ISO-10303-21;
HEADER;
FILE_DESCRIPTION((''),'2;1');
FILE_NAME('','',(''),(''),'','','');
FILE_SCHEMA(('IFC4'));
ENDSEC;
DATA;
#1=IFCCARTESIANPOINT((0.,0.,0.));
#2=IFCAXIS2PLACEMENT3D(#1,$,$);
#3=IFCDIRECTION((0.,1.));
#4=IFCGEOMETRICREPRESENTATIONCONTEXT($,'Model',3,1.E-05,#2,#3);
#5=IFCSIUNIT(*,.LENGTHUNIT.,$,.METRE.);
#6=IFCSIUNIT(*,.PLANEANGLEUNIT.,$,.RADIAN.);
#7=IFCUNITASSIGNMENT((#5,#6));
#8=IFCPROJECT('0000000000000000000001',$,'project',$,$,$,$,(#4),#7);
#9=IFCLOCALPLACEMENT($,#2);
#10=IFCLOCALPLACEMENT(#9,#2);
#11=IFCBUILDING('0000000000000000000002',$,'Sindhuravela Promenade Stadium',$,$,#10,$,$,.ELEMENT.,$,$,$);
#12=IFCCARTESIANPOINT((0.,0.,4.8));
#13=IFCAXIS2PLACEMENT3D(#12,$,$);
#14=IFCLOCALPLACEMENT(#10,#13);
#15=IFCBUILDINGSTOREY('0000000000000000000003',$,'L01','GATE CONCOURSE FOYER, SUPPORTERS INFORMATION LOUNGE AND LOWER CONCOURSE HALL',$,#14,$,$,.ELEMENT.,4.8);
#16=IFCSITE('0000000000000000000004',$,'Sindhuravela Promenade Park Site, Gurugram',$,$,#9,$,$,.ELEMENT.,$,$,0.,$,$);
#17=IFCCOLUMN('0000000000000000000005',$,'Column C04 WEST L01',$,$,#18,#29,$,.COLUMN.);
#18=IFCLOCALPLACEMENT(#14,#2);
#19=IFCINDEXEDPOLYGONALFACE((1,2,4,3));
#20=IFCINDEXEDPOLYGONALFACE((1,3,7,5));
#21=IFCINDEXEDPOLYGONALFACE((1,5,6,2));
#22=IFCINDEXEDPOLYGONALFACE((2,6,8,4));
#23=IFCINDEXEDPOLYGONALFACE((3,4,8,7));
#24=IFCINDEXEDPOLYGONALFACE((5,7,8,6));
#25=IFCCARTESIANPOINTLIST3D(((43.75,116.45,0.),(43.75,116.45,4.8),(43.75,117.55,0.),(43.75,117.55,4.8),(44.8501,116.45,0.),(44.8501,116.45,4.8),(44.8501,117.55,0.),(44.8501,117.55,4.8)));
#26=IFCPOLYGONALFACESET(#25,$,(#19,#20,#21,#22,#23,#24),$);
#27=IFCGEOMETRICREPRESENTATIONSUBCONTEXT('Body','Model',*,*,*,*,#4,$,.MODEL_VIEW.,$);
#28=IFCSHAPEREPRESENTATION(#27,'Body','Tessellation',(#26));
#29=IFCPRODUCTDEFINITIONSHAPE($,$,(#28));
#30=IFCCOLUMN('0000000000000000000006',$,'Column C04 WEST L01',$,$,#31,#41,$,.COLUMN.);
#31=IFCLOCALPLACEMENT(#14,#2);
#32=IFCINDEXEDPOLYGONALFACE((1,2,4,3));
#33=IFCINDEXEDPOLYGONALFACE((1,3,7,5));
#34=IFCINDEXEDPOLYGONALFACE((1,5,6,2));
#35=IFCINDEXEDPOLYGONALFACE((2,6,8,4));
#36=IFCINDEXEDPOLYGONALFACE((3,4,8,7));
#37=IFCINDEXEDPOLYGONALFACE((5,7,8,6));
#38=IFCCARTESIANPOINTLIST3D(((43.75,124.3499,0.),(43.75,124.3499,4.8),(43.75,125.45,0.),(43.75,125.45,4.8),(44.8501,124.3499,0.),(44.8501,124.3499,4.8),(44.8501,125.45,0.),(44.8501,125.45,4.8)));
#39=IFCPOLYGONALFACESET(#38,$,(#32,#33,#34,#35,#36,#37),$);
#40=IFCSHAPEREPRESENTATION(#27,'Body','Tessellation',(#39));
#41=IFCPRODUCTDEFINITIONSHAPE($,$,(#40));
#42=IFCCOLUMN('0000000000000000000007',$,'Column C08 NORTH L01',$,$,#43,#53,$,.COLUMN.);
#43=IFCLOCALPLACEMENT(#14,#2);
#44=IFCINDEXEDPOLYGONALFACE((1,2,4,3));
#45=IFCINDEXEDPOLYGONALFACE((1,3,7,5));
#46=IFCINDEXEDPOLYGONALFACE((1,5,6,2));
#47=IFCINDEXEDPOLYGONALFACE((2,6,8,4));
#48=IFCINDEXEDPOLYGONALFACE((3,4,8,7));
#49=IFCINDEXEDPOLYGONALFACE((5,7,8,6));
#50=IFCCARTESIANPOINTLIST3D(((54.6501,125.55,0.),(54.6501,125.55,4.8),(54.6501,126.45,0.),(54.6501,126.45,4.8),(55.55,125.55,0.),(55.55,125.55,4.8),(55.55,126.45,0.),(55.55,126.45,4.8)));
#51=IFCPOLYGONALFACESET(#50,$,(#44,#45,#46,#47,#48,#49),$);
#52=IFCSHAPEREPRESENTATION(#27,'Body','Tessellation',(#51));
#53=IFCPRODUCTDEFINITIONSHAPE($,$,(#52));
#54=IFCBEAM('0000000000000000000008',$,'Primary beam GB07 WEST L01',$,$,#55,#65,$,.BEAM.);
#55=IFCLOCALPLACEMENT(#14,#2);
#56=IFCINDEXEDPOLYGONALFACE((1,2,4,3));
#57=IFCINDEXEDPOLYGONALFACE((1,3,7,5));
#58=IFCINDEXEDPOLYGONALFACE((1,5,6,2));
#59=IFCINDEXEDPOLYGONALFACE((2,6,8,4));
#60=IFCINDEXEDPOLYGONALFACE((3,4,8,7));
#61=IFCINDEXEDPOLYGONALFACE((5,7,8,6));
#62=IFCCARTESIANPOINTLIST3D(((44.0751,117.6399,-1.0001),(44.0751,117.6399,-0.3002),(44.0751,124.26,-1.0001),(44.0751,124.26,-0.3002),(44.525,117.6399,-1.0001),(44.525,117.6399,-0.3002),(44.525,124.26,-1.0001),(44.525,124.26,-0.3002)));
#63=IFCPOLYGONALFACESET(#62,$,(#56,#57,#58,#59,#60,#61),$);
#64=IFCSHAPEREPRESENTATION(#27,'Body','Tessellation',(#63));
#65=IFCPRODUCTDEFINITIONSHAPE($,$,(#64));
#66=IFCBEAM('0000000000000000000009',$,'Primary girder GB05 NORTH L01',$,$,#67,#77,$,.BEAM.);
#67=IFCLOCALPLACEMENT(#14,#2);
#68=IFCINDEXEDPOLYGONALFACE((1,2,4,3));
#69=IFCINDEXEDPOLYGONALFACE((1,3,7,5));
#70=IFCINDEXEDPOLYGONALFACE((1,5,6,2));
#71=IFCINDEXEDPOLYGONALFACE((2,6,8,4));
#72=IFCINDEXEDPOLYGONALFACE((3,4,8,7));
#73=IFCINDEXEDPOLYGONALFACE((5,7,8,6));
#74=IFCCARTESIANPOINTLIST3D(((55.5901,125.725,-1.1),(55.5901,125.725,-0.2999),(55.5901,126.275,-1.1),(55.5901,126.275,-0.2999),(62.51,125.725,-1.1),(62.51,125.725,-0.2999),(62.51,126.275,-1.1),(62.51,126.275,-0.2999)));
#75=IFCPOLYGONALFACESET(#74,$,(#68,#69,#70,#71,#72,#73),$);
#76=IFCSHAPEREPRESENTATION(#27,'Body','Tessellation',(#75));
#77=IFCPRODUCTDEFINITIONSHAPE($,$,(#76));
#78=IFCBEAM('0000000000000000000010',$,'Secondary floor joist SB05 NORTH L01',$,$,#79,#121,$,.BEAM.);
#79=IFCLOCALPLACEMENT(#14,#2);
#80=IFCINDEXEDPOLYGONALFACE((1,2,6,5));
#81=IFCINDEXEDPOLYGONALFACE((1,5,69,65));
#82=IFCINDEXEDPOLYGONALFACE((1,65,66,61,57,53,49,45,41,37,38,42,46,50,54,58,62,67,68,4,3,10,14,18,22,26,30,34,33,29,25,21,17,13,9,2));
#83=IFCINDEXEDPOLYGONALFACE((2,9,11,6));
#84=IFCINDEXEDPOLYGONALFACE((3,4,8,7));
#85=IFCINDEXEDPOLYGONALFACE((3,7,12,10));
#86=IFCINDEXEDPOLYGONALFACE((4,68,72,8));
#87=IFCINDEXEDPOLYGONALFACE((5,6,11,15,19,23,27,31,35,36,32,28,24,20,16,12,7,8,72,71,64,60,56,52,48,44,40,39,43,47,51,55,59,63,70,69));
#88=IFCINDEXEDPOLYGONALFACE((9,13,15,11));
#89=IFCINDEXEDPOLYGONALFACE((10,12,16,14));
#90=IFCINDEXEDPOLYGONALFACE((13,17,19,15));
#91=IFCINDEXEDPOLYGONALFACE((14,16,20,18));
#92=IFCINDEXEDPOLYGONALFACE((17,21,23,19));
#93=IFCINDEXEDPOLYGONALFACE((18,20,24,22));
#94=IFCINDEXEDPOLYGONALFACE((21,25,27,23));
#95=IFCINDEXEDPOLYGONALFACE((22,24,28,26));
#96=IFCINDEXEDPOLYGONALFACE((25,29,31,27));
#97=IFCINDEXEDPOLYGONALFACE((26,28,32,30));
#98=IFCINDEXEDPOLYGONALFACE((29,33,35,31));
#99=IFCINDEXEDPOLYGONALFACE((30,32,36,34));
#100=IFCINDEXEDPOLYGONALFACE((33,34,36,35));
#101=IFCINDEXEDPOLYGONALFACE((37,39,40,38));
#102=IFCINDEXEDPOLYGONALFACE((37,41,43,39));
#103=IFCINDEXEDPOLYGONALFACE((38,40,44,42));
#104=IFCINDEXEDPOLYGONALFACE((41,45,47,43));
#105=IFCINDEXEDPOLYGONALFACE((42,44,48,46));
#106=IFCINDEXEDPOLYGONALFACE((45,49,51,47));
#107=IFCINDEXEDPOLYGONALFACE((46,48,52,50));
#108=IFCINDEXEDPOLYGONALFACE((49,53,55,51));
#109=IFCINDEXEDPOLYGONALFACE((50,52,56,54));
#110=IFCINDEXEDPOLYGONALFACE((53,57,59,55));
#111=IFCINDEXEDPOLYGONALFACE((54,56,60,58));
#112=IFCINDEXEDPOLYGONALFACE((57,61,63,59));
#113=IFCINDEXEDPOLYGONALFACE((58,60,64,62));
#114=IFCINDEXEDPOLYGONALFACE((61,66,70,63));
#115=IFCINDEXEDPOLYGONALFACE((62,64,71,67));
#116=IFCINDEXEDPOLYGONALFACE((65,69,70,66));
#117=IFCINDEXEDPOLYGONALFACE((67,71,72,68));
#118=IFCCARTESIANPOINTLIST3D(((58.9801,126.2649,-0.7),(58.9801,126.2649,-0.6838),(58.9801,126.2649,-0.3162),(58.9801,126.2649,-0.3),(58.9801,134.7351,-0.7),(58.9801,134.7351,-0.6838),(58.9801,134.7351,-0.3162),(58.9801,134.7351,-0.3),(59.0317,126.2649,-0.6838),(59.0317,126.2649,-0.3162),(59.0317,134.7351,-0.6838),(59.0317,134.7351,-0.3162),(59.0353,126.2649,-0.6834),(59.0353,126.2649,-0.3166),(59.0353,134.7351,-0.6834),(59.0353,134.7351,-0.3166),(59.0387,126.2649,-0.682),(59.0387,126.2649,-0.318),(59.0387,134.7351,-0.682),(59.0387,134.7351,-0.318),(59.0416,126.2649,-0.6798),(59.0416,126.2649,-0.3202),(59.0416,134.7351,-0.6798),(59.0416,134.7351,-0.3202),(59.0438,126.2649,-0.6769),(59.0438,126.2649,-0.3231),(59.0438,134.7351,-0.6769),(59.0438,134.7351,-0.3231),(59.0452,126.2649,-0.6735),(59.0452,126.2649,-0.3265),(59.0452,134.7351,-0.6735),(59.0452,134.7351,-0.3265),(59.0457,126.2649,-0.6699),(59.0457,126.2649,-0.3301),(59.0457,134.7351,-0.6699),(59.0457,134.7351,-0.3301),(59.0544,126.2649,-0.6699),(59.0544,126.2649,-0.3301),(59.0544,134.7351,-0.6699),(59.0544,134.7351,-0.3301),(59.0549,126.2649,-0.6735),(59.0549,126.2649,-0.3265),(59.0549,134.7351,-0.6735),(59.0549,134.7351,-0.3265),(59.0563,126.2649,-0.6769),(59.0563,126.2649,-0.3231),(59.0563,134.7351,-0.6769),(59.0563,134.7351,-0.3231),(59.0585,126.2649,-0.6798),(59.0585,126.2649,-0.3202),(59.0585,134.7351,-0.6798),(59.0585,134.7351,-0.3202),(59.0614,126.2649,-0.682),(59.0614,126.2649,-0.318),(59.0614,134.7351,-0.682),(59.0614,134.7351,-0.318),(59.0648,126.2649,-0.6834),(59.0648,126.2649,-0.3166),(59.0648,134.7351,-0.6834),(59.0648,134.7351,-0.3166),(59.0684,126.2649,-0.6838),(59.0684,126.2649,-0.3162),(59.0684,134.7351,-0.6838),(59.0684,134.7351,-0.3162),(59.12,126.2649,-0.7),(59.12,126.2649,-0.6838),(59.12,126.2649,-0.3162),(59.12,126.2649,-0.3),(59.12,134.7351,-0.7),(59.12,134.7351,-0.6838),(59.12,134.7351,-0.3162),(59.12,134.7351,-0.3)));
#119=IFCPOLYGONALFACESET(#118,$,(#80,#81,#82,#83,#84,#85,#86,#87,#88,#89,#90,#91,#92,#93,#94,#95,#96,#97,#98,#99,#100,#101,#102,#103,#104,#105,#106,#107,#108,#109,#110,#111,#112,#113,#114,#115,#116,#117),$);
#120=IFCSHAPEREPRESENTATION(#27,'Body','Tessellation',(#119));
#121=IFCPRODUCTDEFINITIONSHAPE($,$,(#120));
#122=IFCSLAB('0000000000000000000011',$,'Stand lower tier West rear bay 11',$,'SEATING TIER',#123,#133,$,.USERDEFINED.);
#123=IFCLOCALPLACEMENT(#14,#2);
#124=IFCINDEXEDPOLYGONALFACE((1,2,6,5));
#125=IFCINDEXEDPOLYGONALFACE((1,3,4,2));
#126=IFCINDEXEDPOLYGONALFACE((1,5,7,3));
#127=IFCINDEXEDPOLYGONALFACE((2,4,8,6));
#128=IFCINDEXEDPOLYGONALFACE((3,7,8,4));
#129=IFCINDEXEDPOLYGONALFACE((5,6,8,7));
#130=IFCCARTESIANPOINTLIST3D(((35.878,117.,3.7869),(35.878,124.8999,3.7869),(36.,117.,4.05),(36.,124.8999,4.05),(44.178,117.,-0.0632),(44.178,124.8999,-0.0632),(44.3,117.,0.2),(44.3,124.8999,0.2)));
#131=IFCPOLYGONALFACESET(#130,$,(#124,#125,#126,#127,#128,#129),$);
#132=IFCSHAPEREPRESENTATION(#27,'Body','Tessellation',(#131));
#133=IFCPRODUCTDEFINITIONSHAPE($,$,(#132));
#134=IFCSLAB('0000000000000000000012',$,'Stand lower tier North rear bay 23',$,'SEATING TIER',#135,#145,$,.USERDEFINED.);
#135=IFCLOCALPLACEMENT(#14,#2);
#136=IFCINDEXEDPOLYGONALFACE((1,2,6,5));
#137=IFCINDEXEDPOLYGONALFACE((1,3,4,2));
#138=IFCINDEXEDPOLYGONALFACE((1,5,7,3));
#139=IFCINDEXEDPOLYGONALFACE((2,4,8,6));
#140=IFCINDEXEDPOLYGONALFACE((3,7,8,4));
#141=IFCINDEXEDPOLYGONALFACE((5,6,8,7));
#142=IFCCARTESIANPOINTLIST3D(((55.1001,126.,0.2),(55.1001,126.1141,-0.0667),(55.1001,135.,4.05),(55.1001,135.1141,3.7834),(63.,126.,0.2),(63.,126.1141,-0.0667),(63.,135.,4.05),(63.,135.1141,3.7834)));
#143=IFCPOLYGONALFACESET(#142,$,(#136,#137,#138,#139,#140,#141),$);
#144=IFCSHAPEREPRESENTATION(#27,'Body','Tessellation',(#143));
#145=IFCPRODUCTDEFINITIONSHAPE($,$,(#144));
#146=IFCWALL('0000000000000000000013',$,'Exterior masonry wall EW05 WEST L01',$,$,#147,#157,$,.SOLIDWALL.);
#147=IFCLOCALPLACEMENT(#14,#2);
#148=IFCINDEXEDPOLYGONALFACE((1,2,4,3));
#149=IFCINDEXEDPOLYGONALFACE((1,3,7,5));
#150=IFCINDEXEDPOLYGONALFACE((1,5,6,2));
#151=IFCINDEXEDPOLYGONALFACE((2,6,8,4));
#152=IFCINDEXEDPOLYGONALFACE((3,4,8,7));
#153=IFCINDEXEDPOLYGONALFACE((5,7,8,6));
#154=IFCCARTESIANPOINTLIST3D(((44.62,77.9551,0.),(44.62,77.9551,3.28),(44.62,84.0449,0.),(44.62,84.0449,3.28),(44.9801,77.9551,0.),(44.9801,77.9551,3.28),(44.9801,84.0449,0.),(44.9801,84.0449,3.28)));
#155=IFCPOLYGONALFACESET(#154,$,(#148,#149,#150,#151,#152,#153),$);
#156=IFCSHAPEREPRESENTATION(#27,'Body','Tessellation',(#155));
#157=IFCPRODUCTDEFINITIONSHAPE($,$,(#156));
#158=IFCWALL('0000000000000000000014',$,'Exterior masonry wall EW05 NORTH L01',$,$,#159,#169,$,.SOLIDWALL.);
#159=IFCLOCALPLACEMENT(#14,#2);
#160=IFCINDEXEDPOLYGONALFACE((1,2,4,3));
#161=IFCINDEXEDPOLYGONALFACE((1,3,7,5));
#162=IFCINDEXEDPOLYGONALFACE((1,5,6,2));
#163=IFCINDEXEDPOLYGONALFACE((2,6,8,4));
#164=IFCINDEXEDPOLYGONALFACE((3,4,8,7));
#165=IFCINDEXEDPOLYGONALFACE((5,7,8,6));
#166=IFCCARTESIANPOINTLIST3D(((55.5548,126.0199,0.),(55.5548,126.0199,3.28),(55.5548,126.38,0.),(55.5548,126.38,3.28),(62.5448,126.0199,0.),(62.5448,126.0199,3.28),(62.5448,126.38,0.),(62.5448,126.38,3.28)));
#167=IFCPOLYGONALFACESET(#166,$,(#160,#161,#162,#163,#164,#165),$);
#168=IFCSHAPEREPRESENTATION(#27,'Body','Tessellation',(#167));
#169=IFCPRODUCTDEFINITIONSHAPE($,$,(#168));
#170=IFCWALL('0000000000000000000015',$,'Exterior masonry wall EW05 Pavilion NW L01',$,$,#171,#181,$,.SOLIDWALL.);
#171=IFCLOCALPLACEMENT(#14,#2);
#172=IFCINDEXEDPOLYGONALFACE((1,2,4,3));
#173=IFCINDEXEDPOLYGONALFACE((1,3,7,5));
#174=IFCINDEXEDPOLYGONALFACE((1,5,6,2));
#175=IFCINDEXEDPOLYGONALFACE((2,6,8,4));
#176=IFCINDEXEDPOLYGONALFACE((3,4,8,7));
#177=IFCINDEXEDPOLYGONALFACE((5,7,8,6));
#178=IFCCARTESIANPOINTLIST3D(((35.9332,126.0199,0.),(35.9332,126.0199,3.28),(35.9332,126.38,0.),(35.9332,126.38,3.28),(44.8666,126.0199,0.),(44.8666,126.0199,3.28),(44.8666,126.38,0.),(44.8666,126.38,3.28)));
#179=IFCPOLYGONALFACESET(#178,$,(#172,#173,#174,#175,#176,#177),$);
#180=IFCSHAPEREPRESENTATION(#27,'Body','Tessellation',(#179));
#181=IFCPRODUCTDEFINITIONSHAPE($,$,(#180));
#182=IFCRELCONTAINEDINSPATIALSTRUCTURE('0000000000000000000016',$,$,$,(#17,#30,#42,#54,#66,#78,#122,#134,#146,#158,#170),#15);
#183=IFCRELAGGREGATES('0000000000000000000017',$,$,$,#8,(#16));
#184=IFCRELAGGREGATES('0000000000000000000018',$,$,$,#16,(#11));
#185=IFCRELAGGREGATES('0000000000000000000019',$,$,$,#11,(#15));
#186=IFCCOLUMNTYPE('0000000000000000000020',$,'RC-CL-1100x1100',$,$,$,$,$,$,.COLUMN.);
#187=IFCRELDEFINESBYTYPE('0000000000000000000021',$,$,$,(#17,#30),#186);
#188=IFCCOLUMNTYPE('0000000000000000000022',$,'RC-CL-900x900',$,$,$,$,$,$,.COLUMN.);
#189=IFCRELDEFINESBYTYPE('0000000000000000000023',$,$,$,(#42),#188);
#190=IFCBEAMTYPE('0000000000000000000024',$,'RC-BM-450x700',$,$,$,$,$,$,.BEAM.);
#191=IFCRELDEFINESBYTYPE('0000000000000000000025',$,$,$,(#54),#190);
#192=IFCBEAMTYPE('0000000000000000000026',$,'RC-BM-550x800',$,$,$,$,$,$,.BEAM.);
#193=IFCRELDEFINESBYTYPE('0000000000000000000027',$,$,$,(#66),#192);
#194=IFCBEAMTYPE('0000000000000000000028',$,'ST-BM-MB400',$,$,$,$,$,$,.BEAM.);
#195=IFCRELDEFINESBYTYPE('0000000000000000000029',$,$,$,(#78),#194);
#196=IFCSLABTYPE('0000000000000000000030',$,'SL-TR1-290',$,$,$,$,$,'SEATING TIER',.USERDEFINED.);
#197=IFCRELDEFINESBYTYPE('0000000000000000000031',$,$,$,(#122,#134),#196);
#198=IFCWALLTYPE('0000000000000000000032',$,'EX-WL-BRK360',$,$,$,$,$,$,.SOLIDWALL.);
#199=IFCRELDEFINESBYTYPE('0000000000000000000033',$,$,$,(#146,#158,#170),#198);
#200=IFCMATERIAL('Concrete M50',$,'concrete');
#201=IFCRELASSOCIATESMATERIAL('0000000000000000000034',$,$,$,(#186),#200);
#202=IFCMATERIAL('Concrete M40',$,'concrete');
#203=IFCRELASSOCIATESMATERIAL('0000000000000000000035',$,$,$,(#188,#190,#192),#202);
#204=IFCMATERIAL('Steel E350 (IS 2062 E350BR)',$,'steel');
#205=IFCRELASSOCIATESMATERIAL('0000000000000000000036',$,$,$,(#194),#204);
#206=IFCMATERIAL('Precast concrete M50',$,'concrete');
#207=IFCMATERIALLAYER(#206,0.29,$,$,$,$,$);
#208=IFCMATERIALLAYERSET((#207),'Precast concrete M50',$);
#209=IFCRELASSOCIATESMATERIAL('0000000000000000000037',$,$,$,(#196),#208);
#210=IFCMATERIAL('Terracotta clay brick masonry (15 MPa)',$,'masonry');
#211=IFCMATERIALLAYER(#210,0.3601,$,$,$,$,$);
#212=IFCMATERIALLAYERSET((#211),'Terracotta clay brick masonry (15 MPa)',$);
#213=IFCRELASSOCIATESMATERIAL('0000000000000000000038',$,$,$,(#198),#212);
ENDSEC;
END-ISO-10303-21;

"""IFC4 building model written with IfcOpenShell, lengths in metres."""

from ifc_helpers import new_model, si_unit, direction, frame, frame_2d, origin, origin_2d, place, context, subcontext, project, spatial, polyline, rectangle, i_section, outline, extrude, material, layer, layer_set, material_profile, profile_set, type_object, element, save


model = new_model("IFC4")

# Units and contexts
model_context = context("Model", 3, precision=1e-05, world=origin(), true_north=direction((0.0, 1.0)))
body_context = subcontext(model_context, "Body", "Model", "MODEL_VIEW")
ifc_project = project(units=[si_unit("LENGTHUNIT", "METRE"), si_unit("PLANEANGLEUNIT", "RADIAN")], contexts=[model_context])

# Site, building, storey
site_placement = place(None, origin())
site = spatial("IfcSite", under=ifc_project, at=site_placement, Name="Sindhuravela Promenade Park Site, Gurugram", CompositionType="ELEMENT", RefElevation=0.0)
building_placement = place(site_placement, origin())
building = spatial("IfcBuilding", under=site, at=building_placement, Name="Sindhuravela Promenade Stadium", CompositionType="ELEMENT")
storey_placement = place(building_placement, frame((0.0, 0.0, 4.8)))
storey = spatial("IfcBuildingStorey", under=building, at=storey_placement, Name="L01", Description="GATE CONCOURSE FOYER, SUPPORTERS INFORMATION LOUNGE AND LOWER CONCOURSE HALL", CompositionType="ELEMENT", Elevation=4.8)

# Columns
ifc_material_1 = material(Name="Concrete M50", Category="concrete")
ifc_material_profile_1 = material_profile(ifc_material_1, rectangle(XDim=1.1001, YDim=1.1001, at=origin_2d()), Name="RC 1100x1100")
ifc_profile_set_1 = profile_set([ifc_material_profile_1], Name="Concrete M50")
column_type_1 = type_object("IfcColumnType", Name="RC-CL-1100x1100", PredefinedType="COLUMN", material=ifc_profile_set_1)
for number, where, z_axis, x_axis, name in (
    (1, (44.3, 117.0, 0.0), (0.0, 0.0, 1.0), (1.0, 0.0, 0.0), "Column C04 WEST L01"),
    (2, (44.3, 124.8999, 0.0), (0.0, 0.0, 1.0), (1.0, 0.0, 0.0), "Column C04 WEST L01"),
):
    element("IfcColumn", number, at=place(storey_placement, frame(where, z_axis=z_axis, x_axis=x_axis)), inside=storey, type_object=column_type_1, Name=name, PredefinedType="COLUMN", context=body_context, shape_type="SweptSolid", body=[
        extrude(rectangle(XDim=1.1001, YDim=1.1001, at=origin_2d()), origin(), (0.0, 0.0, 1.0), 4.8),
    ])
ifc_material_2 = material(Name="Concrete M40", Category="concrete")
ifc_material_profile_2 = material_profile(ifc_material_2, rectangle(XDim=0.8999, YDim=0.8999, at=origin_2d()), Name="RC 900x900")
ifc_profile_set_2 = profile_set([ifc_material_profile_2], Name="Concrete M40")
column_type_2 = type_object("IfcColumnType", Name="RC-CL-900x900", PredefinedType="COLUMN", material=ifc_profile_set_2)
column_placement = place(storey_placement, frame((55.1001, 126.0, 0.0), z_axis=(0.0, 0.0, 1.0), x_axis=(1.0, 0.0, 0.0)))
element("IfcColumn", 3, at=column_placement, inside=storey, type_object=column_type_2, Name="Column C08 NORTH L01", PredefinedType="COLUMN", context=body_context, shape_type="SweptSolid", body=[
    extrude(rectangle(XDim=0.8999, YDim=0.8999, at=origin_2d()), origin(), (0.0, 0.0, 1.0), 4.8),
])

# Beams
ifc_material_profile_3 = material_profile(ifc_material_2, rectangle(XDim=0.45, YDim=0.7, at=origin_2d()), Name="RC 450x700")
ifc_profile_set_3 = profile_set([ifc_material_profile_3], Name="Concrete M40")
beam_type_1 = type_object("IfcBeamType", Name="RC-BM-450x700", PredefinedType="BEAM", material=ifc_profile_set_3)
beam_1_placement = place(storey_placement, frame((44.3, 117.6399, -0.6501), z_axis=(0.0, 1.0, 0.0), x_axis=(-1.0, 0.0, 0.0)))
element("IfcBeam", 4, at=beam_1_placement, inside=storey, type_object=beam_type_1, Name="Primary beam GB07 WEST L01", PredefinedType="BEAM", context=body_context, shape_type="SweptSolid", body=[
    extrude(rectangle(XDim=0.45, YDim=0.7, at=origin_2d()), origin(), (0.0, 0.0, 1.0), 6.6201),
])
ifc_material_profile_4 = material_profile(ifc_material_2, rectangle(XDim=0.55, YDim=0.8, at=origin_2d()), Name="RC 550x800")
ifc_profile_set_4 = profile_set([ifc_material_profile_4], Name="Concrete M40")
beam_type_2 = type_object("IfcBeamType", Name="RC-BM-550x800", PredefinedType="BEAM", material=ifc_profile_set_4)
beam_2_placement = place(storey_placement, frame((55.5901, 126.0, -0.7), z_axis=(1.0, 0.0, 0.0), x_axis=(0.0, 1.0, 0.0)))
element("IfcBeam", 5, at=beam_2_placement, inside=storey, type_object=beam_type_2, Name="Primary girder GB05 NORTH L01", PredefinedType="BEAM", context=body_context, shape_type="SweptSolid", body=[
    extrude(rectangle(XDim=0.55, YDim=0.8, at=origin_2d()), origin(), (0.0, 0.0, 1.0), 6.9199),
])
ifc_material_3 = material(Name="Steel E350 (IS 2062 E350BR)", Category="steel")
ifc_material_profile_5 = material_profile(ifc_material_3, i_section(OverallWidth=0.1399, OverallDepth=0.3999, WebThickness=0.0088, FlangeThickness=0.0161, FilletRadius=0.0139, at=origin_2d()), Name="ISMB 400")
ifc_profile_set_5 = profile_set([ifc_material_profile_5], Name="Steel E350 (IS 2062 E350BR)")
beam_type_3 = type_object("IfcBeamType", Name="ST-BM-MB400", PredefinedType="BEAM", material=ifc_profile_set_5)
beam_3_placement = place(storey_placement, frame((59.05, 126.2649, -0.5), z_axis=(0.0, 1.0, 0.0), x_axis=(-1.0, 0.0, 0.0)))
element("IfcBeam", 6, at=beam_3_placement, inside=storey, type_object=beam_type_3, Name="Secondary floor joist SB05 NORTH L01", PredefinedType="BEAM", context=body_context, shape_type="SweptSolid", body=[
    extrude(i_section(OverallWidth=0.1399, OverallDepth=0.3999, WebThickness=0.0088, FlangeThickness=0.0161, FilletRadius=0.0139, at=origin_2d()), origin(), (0.0, 0.0, 1.0), 8.4702),
])

# Slabs
ifc_material_4 = material(Name="Precast concrete M50", Category="concrete")
ifc_layer_1 = layer(ifc_material_4, 0.29)
ifc_layer_set_1 = layer_set([ifc_layer_1], Name="Precast concrete M50")
slab_type = type_object("IfcSlabType", Name="SL-TR1-290", ElementType="SEATING TIER", PredefinedType="USERDEFINED", material=ifc_layer_set_1)
slab_1_placement = place(storey_placement, frame((44.3, 117.0, 0.2), z_axis=(0.420797, 0.0, 0.907155), x_axis=(0.0, 1.0, 0.0)))
element("IfcSlab", 7, at=slab_1_placement, inside=storey, type_object=slab_type, Name="Stand lower tier West rear bay 11", ObjectType="SEATING TIER", PredefinedType="USERDEFINED", context=body_context, shape_type="SweptSolid", body=[
    extrude(outline(polyline([(0.0, 0.0), (7.8999, 0.0), (7.8999, 9.1495), (0.0, 9.1495), (0.0, 0.0)])), origin(), (0.0, 0.0, -1.0), 0.29),
])
slab_2_placement = place(storey_placement, frame((55.1001, 126.0, 0.2), z_axis=(0.0, -0.393311, 0.919405), x_axis=(1.0, 0.0, 0.0)))
element("IfcSlab", 8, at=slab_2_placement, inside=storey, type_object=slab_type, Name="Stand lower tier North rear bay 23", ObjectType="SEATING TIER", PredefinedType="USERDEFINED", context=body_context, shape_type="SweptSolid", body=[
    extrude(outline(polyline([(0.0, 0.0), (7.8999, 0.0), (7.8999, 9.7889), (0.0, 9.7889), (0.0, 0.0)])), origin(), (0.0, 0.0, -1.0), 0.29),
])

# Walls
ifc_material_5 = material(Name="Terracotta clay brick masonry (15 MPa)", Category="masonry")
ifc_layer_2 = layer(ifc_material_5, 0.3601)
ifc_layer_set_2 = layer_set([ifc_layer_2], Name="Terracotta clay brick masonry (15 MPa)")
wall_type_1 = type_object("IfcWallType", Name="EX-WL-BRK360", PredefinedType="SOLIDWALL", material=ifc_layer_set_2)
wall_1_placement = place(storey_placement, frame((44.8, 84.0449, 0.0), z_axis=(0.0, 0.0, 1.0), x_axis=(0.0, -1.0, 0.0)))
element("IfcWall", 9, at=wall_1_placement, inside=storey, type_object=wall_type_1, Name="Exterior masonry wall EW05 WEST L01", PredefinedType="SOLIDWALL", context=body_context, shape_type="SweptSolid", body=[
    extrude(rectangle(XDim=6.0898, YDim=0.3601, at=frame_2d((3.0449, 0.0))), origin(), (0.0, 0.0, 1.0), 3.28),
])
wall_2_placement = place(storey_placement, frame((62.5449, 126.2, 0.0), z_axis=(0.0, 0.0, 1.0), x_axis=(-1.0, 0.0, 0.0)))
element("IfcWall", 10, at=wall_2_placement, inside=storey, type_object=wall_type_1, Name="Exterior masonry wall EW05 NORTH L01", PredefinedType="SOLIDWALL", context=body_context, shape_type="SweptSolid", body=[
    extrude(rectangle(XDim=6.99, YDim=0.3601, at=frame_2d((3.4951, 0.0))), origin(), (0.0, 0.0, 1.0), 3.28),
])
wall_3_placement = place(storey_placement, frame((44.8667, 126.2, 0.0), z_axis=(0.0, 0.0, 1.0), x_axis=(-1.0, 0.0, 0.0)))
element("IfcWall", 11, at=wall_3_placement, inside=storey, type_object=wall_type_1, Name="Exterior masonry wall EW05 Pavilion NW L01", PredefinedType="SOLIDWALL", context=body_context, shape_type="SweptSolid", body=[
    extrude(rectangle(XDim=8.9333, YDim=0.3601, at=frame_2d((4.4668, 0.0))), origin(), (0.0, 0.0, 1.0), 3.28),
])

save(model, "model.ifc")
